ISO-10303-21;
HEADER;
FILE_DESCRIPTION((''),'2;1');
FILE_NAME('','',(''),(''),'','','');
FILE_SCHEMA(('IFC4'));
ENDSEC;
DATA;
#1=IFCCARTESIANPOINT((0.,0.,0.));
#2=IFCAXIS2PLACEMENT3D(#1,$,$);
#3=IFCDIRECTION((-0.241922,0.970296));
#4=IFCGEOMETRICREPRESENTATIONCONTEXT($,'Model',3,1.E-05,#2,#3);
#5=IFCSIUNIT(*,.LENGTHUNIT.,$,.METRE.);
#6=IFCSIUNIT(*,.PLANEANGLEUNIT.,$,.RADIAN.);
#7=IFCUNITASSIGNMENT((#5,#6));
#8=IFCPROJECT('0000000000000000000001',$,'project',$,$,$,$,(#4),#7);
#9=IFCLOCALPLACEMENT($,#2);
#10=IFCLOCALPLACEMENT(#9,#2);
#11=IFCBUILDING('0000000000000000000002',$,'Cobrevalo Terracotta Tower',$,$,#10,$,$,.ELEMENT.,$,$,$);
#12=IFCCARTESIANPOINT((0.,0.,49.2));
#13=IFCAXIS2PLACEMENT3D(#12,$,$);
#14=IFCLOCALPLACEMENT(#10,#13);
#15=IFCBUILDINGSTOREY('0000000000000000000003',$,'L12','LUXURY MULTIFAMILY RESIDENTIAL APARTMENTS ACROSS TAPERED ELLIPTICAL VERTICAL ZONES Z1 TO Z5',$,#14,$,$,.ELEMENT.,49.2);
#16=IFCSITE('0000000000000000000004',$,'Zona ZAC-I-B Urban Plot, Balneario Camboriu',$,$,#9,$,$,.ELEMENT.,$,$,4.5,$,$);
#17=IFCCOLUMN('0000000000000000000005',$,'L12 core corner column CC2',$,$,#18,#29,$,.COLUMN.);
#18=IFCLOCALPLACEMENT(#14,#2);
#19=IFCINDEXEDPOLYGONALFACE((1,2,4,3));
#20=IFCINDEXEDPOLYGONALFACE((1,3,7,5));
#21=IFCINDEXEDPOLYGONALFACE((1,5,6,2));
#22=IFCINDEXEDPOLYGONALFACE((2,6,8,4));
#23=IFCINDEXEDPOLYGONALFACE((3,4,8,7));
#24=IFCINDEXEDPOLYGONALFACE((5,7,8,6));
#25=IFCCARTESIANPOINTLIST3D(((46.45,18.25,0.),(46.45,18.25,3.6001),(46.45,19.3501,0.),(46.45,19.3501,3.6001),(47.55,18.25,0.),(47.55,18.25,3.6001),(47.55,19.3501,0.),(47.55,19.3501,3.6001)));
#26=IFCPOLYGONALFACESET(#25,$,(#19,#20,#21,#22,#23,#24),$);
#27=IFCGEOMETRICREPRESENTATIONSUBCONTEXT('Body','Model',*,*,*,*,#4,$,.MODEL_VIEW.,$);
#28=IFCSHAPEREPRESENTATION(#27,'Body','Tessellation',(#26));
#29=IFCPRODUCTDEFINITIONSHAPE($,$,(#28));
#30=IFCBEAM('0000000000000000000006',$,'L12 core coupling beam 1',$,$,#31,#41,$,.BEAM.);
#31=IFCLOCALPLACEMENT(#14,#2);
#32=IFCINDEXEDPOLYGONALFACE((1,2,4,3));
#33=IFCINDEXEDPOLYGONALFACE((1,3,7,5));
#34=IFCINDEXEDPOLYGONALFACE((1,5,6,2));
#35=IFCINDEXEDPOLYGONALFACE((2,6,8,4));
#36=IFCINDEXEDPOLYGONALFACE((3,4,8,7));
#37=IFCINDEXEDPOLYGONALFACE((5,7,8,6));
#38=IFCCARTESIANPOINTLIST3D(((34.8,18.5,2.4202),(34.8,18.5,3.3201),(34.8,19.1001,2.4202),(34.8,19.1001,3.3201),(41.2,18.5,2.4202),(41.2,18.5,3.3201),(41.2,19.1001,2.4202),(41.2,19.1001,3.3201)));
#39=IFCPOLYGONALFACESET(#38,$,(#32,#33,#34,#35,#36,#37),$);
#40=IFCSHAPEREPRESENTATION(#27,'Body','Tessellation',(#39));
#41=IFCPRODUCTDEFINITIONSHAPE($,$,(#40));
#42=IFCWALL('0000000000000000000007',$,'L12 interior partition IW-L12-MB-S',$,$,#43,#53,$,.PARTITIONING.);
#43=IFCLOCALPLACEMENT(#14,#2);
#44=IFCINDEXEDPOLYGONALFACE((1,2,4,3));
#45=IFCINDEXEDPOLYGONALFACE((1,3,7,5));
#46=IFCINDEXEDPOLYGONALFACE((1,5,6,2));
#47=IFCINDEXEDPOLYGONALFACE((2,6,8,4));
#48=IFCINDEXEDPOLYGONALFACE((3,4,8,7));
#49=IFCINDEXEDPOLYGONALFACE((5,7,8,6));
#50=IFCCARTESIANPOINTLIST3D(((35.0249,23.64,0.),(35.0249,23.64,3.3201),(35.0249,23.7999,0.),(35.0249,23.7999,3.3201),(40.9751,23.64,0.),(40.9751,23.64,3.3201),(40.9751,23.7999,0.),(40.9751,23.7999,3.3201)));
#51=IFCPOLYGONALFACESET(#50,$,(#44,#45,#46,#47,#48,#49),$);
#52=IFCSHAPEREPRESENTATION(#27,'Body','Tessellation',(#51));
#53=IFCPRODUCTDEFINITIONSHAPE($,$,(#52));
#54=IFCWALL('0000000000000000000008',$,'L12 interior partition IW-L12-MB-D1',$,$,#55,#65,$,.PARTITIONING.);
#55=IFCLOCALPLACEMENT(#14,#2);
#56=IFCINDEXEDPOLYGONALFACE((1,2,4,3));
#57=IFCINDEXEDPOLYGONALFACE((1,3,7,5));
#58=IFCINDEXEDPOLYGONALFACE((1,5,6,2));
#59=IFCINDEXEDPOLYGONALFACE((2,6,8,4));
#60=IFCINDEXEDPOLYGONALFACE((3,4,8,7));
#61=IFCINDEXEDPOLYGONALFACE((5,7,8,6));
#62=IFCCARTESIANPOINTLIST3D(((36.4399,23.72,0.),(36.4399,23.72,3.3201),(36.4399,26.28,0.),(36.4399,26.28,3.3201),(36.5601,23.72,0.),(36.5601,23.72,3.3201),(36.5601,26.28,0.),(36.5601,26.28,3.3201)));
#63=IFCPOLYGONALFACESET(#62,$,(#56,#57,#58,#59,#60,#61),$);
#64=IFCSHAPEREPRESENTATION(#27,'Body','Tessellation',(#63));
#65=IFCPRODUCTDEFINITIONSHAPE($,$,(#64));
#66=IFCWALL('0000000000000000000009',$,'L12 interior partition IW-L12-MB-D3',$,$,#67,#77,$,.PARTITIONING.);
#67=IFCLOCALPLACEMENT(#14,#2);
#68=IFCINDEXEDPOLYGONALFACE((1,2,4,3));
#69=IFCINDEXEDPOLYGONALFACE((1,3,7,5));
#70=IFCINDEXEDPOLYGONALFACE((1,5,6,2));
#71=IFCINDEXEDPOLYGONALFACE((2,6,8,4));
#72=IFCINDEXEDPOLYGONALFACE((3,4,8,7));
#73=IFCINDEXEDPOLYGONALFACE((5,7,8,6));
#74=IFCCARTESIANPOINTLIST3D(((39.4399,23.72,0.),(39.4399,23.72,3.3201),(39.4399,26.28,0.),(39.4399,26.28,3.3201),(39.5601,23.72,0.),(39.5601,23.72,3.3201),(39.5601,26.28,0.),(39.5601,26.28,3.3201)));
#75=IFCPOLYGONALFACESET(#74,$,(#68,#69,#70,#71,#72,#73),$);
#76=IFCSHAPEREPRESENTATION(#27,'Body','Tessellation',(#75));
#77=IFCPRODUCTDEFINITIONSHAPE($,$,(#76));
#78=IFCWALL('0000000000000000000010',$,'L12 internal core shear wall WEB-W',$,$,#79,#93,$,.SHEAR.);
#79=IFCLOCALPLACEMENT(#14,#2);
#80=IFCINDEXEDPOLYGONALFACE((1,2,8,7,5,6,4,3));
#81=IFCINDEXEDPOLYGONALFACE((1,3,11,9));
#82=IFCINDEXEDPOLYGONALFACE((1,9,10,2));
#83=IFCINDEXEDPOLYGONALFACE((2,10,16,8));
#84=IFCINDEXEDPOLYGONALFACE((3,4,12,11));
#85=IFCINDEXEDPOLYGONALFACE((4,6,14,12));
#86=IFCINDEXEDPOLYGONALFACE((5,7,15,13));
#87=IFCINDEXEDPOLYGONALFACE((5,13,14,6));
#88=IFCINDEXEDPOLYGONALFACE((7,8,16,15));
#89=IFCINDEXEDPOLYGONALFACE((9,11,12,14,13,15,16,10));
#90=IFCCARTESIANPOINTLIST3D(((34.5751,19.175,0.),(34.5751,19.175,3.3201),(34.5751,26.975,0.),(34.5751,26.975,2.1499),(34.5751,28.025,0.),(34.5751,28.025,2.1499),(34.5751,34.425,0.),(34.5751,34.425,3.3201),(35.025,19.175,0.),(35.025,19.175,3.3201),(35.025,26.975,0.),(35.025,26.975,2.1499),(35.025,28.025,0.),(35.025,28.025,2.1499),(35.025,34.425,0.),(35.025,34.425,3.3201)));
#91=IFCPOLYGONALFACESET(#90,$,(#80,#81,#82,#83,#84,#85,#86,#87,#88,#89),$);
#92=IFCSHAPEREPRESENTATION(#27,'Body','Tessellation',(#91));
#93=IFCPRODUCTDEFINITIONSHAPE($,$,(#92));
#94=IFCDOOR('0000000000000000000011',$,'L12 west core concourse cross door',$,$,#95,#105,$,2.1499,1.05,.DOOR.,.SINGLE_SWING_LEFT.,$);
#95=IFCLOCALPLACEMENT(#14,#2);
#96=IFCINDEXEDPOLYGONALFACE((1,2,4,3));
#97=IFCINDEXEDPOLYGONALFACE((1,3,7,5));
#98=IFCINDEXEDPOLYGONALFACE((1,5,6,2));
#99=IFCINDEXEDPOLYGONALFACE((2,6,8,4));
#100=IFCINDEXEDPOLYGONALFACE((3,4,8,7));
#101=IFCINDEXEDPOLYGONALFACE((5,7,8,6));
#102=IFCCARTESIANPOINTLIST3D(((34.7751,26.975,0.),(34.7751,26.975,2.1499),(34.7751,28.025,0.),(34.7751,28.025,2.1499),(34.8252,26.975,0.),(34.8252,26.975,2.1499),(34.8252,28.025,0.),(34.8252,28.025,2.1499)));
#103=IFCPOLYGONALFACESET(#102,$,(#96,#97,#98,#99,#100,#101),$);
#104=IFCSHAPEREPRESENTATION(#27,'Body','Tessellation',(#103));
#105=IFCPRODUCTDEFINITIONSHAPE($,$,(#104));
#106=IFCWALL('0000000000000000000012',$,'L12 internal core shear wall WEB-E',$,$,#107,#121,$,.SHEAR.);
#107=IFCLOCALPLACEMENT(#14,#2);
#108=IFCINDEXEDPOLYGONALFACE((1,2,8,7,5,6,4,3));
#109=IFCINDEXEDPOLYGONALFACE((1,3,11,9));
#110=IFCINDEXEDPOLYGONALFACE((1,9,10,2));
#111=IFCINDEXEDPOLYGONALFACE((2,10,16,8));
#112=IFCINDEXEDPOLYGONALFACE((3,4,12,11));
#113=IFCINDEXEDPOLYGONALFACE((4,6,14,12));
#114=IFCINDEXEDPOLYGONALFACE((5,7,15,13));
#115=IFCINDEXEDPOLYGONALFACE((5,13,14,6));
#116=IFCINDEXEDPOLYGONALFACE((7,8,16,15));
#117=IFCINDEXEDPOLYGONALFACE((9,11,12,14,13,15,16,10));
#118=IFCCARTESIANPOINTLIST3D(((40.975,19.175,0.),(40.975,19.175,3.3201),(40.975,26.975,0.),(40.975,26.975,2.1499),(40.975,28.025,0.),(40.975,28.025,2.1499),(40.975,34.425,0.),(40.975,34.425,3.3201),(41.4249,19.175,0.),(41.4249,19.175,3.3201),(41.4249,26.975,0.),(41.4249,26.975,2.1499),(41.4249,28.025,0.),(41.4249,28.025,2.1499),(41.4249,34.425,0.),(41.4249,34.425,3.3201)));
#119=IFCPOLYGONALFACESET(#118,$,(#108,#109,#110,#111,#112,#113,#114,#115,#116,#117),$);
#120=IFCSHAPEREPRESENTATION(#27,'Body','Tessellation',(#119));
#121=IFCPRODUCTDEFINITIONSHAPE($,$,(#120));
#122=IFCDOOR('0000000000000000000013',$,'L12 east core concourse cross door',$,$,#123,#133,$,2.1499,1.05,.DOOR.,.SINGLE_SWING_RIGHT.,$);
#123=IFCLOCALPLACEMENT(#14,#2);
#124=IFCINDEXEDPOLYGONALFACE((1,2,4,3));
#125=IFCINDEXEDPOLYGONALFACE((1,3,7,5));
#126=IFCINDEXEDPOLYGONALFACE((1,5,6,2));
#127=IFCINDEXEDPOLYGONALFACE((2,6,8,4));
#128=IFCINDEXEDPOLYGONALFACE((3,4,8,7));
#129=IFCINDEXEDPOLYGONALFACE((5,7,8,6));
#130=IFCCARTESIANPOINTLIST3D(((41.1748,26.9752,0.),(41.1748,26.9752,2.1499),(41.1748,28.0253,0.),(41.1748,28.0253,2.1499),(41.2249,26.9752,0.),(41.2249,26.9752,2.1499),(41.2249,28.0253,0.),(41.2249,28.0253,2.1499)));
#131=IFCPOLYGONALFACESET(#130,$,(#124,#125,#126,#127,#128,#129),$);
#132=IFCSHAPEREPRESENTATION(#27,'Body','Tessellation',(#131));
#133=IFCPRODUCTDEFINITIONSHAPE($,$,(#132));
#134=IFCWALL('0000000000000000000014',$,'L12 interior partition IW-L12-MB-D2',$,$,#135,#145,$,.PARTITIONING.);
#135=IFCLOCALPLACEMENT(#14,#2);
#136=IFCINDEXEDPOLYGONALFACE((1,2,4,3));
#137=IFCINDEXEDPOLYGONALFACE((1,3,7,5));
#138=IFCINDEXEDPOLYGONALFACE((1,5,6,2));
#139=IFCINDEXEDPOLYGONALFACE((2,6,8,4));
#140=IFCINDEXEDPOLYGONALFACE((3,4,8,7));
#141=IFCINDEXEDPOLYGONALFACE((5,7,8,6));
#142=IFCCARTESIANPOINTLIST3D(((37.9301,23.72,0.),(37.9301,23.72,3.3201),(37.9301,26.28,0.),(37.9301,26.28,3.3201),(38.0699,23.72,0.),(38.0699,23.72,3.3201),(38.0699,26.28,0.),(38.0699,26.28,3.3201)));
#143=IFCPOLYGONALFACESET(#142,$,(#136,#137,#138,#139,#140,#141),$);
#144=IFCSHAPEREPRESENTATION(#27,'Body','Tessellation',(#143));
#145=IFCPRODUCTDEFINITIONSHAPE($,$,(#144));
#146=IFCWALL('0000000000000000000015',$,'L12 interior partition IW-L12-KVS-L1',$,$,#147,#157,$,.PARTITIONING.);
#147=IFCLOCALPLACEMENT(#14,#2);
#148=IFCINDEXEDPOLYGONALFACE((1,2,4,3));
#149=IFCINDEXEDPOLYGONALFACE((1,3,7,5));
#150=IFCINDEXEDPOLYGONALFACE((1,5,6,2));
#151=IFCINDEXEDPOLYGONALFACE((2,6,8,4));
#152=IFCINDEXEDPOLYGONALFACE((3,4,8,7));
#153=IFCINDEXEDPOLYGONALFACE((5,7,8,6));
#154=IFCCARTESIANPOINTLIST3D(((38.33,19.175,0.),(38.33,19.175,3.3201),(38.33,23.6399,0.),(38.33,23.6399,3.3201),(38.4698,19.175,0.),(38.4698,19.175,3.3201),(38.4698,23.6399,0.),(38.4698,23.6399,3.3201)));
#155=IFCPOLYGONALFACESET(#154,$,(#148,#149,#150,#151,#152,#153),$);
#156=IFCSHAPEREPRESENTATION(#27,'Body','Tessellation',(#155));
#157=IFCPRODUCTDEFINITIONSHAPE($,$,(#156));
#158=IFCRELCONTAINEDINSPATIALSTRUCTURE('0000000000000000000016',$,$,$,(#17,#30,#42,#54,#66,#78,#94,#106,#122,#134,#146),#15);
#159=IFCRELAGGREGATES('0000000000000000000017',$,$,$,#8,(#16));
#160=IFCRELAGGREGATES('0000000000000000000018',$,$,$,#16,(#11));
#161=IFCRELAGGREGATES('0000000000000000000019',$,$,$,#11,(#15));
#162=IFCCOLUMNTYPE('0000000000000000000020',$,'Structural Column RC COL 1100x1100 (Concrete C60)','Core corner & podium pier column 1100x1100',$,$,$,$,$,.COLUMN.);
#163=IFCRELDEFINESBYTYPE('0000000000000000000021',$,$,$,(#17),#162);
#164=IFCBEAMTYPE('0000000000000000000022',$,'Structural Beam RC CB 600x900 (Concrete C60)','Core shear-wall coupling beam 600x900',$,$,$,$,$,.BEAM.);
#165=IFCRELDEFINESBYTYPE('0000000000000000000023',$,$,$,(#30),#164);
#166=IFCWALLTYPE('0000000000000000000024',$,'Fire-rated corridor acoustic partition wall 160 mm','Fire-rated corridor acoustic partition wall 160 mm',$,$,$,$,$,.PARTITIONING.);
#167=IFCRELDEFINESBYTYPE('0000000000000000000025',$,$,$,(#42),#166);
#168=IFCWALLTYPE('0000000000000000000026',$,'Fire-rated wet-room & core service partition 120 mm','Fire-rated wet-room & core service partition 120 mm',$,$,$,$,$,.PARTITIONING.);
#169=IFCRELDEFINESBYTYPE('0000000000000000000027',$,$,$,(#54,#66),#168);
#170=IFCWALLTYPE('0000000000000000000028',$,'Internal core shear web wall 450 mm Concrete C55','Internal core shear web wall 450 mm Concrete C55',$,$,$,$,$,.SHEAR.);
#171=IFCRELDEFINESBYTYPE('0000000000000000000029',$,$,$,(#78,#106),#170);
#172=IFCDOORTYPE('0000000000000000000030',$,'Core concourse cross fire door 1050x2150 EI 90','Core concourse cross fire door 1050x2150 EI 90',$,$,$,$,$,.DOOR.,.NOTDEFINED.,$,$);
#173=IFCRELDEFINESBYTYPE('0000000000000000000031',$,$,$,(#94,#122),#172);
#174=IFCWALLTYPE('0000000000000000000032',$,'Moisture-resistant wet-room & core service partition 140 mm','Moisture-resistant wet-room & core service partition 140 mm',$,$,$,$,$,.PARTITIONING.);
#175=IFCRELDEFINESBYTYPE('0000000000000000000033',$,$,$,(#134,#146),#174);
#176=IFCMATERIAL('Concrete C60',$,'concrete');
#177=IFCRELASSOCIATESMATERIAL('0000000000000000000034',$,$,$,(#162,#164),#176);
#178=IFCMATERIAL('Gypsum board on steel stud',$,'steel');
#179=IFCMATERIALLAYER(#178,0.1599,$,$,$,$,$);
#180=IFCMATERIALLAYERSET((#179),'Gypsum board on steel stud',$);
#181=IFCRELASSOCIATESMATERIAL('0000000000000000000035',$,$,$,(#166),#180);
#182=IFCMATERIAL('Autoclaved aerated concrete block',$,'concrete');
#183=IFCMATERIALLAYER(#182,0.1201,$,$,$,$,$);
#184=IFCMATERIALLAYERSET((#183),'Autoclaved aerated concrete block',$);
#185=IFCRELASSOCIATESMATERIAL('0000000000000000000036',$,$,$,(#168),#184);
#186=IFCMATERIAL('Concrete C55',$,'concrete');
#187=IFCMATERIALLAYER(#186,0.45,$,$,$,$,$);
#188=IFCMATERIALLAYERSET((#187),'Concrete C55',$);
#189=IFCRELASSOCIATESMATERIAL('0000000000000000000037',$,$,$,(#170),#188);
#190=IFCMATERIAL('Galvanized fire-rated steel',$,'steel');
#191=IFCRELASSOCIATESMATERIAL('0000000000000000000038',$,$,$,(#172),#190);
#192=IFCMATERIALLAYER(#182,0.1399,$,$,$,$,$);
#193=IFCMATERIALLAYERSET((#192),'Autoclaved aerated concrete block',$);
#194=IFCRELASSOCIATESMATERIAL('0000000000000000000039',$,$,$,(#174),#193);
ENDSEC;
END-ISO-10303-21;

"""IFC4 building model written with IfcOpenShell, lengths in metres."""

from ifc_helpers import new_model, si_unit, direction, frame, frame_2d, origin, origin_2d, place, context, subcontext, project, spatial, rectangle, extrude, source, transform, mapped, material, layer, layer_set, material_profile, profile_set, type_object, element, fill, save


model = new_model("IFC4")

# Units and contexts
model_context = context("Model", 3, precision=1e-05, world=origin(), true_north=direction((-0.241922, 0.970296)))
body_context = subcontext(model_context, "Body", "Model", "MODEL_VIEW")
ifc_project = project(units=[si_unit("LENGTHUNIT", "METRE"), si_unit("PLANEANGLEUNIT", "RADIAN")], contexts=[model_context])

# Site, building, storey
site_placement = place(None, origin())
site = spatial("IfcSite", under=ifc_project, at=site_placement, Name="Zona ZAC-I-B Urban Plot, Balneario Camboriu", CompositionType="ELEMENT", RefElevation=4.5)
building_placement = place(site_placement, origin())
building = spatial("IfcBuilding", under=site, at=building_placement, Name="Cobrevalo Terracotta Tower", CompositionType="ELEMENT")
storey_placement = place(building_placement, frame((0.0, 0.0, 49.2)))
storey = spatial("IfcBuildingStorey", under=building, at=storey_placement, Name="L12", Description="LUXURY MULTIFAMILY RESIDENTIAL APARTMENTS ACROSS TAPERED ELLIPTICAL VERTICAL ZONES Z1 TO Z5", CompositionType="ELEMENT", Elevation=49.2)

# Column
ifc_material_1 = material(Name="Concrete C60", Category="concrete")
ifc_material_profile_1 = material_profile(ifc_material_1, rectangle(XDim=1.1001, YDim=1.1001, at=origin_2d()), Name="RC COL 1100x1100")
ifc_profile_set_1 = profile_set([ifc_material_profile_1], Name="Concrete C60")
column_type = type_object("IfcColumnType", Name="Structural Column RC COL 1100x1100 (Concrete C60)", Description="Core corner & podium pier column 1100x1100", PredefinedType="COLUMN", material=ifc_profile_set_1)
column_placement = place(storey_placement, frame((47.0, 18.8, 0.0), z_axis=(0.0, 0.0, 1.0), x_axis=(1.0, 0.0, 0.0)))
element("IfcColumn", 1, at=column_placement, inside=storey, type_object=column_type, Name="L12 core corner column CC2", PredefinedType="COLUMN", context=body_context, shape_type="SweptSolid", body=[
    extrude(rectangle(XDim=1.1001, YDim=1.1001, at=origin_2d()), origin(), (0.0, 0.0, 1.0), 3.6001),
])

# Beam
ifc_material_profile_2 = material_profile(ifc_material_1, rectangle(XDim=0.6001, YDim=0.8999, at=origin_2d()), Name="RC CB 600x900")
ifc_profile_set_2 = profile_set([ifc_material_profile_2], Name="Concrete C60")
beam_type = type_object("IfcBeamType", Name="Structural Beam RC CB 600x900 (Concrete C60)", Description="Core shear-wall coupling beam 600x900", PredefinedType="BEAM", material=ifc_profile_set_2)
beam_placement = place(storey_placement, frame((34.8, 18.8, 2.8701), z_axis=(1.0, 0.0, 0.0), x_axis=(0.0, 1.0, 0.0)))
element("IfcBeam", 2, at=beam_placement, inside=storey, type_object=beam_type, Name="L12 core coupling beam 1", PredefinedType="BEAM", context=body_context, shape_type="SweptSolid", body=[
    extrude(rectangle(XDim=0.6001, YDim=0.8999, at=origin_2d()), origin(), (0.0, 0.0, 1.0), 6.3999),
])

# Walls
ifc_material_2 = material(Name="Gypsum board on steel stud", Category="steel")
ifc_layer_1 = layer(ifc_material_2, 0.1599)
ifc_layer_set_1 = layer_set([ifc_layer_1], Name="Gypsum board on steel stud")
wall_type_1 = type_object("IfcWallType", Name="Fire-rated corridor acoustic partition wall 160 mm", Description="Fire-rated corridor acoustic partition wall 160 mm", PredefinedType="PARTITIONING", material=ifc_layer_set_1)
wall_1_placement = place(storey_placement, frame((35.0249, 23.72, 0.0), z_axis=(0.0, 0.0, 1.0), x_axis=(1.0, 0.0, 0.0)))
element("IfcWall", 3, at=wall_1_placement, inside=storey, type_object=wall_type_1, Name="L12 interior partition IW-L12-MB-S", PredefinedType="PARTITIONING", context=body_context, shape_type="SweptSolid", body=[
    extrude(rectangle(XDim=5.9502, YDim=0.1599, at=frame_2d((2.9751, 0.0))), origin(), (0.0, 0.0, 1.0), 3.3201),
])
ifc_material_3 = material(Name="Autoclaved aerated concrete block", Category="concrete")
ifc_layer_2 = layer(ifc_material_3, 0.1201)
ifc_layer_set_2 = layer_set([ifc_layer_2], Name="Autoclaved aerated concrete block")
wall_type_2 = type_object("IfcWallType", Name="Fire-rated wet-room & core service partition 120 mm", Description="Fire-rated wet-room & core service partition 120 mm", PredefinedType="PARTITIONING", material=ifc_layer_set_2)
for number, where, z_axis, x_axis, name in (
    (4, (36.5, 23.72, 0.0), (0.0, 0.0, 1.0), (0.0, 1.0, 0.0), "L12 interior partition IW-L12-MB-D1"),
    (5, (39.5, 23.72, 0.0), (0.0, 0.0, 1.0), (0.0, 1.0, 0.0), "L12 interior partition IW-L12-MB-D3"),
):
    element("IfcWall", number, at=place(storey_placement, frame(where, z_axis=z_axis, x_axis=x_axis)), inside=storey, type_object=wall_type_2, Name=name, PredefinedType="PARTITIONING", context=body_context, shape_type="SweptSolid", body=[
        extrude(rectangle(XDim=2.5601, YDim=0.1201, at=frame_2d((1.28, 0.0))), origin(), (0.0, 0.0, 1.0), 3.3201),
    ])

# Walls, openings, doors
ifc_material_4 = material(Name="Concrete C55", Category="concrete")
ifc_layer_3 = layer(ifc_material_4, 0.45)
ifc_layer_set_3 = layer_set([ifc_layer_3], Name="Concrete C55")
wall_type_3 = type_object("IfcWallType", Name="Internal core shear web wall 450 mm Concrete C55", Description="Internal core shear web wall 450 mm Concrete C55", PredefinedType="SHEAR", material=ifc_layer_set_3)
wall_2_placement = place(storey_placement, frame((34.8, 19.175, 0.0), z_axis=(0.0, 0.0, 1.0), x_axis=(0.0, 1.0, 0.0)))
wall_2 = element("IfcWall", 6, at=wall_2_placement, inside=storey, type_object=wall_type_3, Name="L12 internal core shear wall WEB-W", PredefinedType="SHEAR", context=body_context, shape_type="SweptSolid", body=[
    extrude(rectangle(XDim=15.25, YDim=0.45, at=frame_2d((7.625, 0.0))), origin(), (0.0, 0.0, 1.0), 3.3201),
])
opening_1_placement = place(wall_2_placement, frame((7.8, 0.0, 0.0)))
opening_1 = element("IfcOpeningElement", 7, at=opening_1_placement, cuts=wall_2, PredefinedType="OPENING", context=body_context, shape_type="SweptSolid", body=[
    extrude(rectangle(XDim=1.05, YDim=2.1499, at=frame_2d((0.5249, 1.075))), frame((0.0, 0.2349, 0.0), z_axis=(0.0, -1.0, 0.0), x_axis=(1.0, 0.0, 0.0)), (0.0, 0.0, 1.0), 0.47),
])
ifc_material_5 = material(Name="Galvanized fire-rated steel", Category="steel")
door_type_1 = type_object("IfcDoorType", Name="Core concourse cross fire door 1050x2150 EI 90", Description="Core concourse cross fire door 1050x2150 EI 90", OperationType="NOTDEFINED", PredefinedType="DOOR", material=ifc_material_5)
shared_shape_1 = source(origin(), body_context, "Body", "SweptSolid", [
    extrude(rectangle(XDim=1.05, YDim=2.1499, at=frame_2d((0.5249, 1.075))), frame((0.0, 0.0249, 0.0), z_axis=(0.0, -1.0, 0.0), x_axis=(1.0, 0.0, 0.0)), (0.0, 0.0, 1.0), 0.05),
])
door_1_placement = place(opening_1_placement, origin())
door_1 = element("IfcDoor", 8, at=door_1_placement, inside=storey, type_object=door_type_1, Name="L12 west core concourse cross door", OperationType="SINGLE_SWING_LEFT", OverallHeight=2.1499, OverallWidth=1.05, PredefinedType="DOOR", context=body_context, shape_type="MappedRepresentation", body=[
    mapped(shared_shape_1, transform((0.0, 0.0, 0.0), scale=1.0)),
])
fill(opening_1, door_1)
wall_3_placement = place(storey_placement, frame((41.2, 19.175, 0.0), z_axis=(0.0, 0.0, 1.0), x_axis=(0.0, 1.0, 0.0)))
wall_3 = element("IfcWall", 9, at=wall_3_placement, inside=storey, type_object=wall_type_3, Name="L12 internal core shear wall WEB-E", PredefinedType="SHEAR", context=body_context, shape_type="SweptSolid", body=[
    extrude(rectangle(XDim=15.25, YDim=0.45, at=frame_2d((7.625, 0.0))), origin(), (0.0, 0.0, 1.0), 3.3201),
])
opening_2_placement = place(wall_3_placement, frame((7.8, 0.0, 0.0)))
opening_2 = element("IfcOpeningElement", 10, at=opening_2_placement, cuts=wall_3, PredefinedType="OPENING", context=body_context, shape_type="SweptSolid", body=[
    extrude(rectangle(XDim=1.05, YDim=2.1499, at=frame_2d((0.5249, 1.075))), frame((0.0, 0.2349, 0.0), z_axis=(0.0, -1.0, 0.0), x_axis=(1.0, 0.0, 0.0)), (0.0, 0.0, 1.0), 0.47),
])
door_2_placement = place(opening_2_placement, frame((1.05, 0.0, 0.0), z_axis=(0.0, 0.0, 1.0), x_axis=(-1.0, 0.0, 0.0)))
door_2 = element("IfcDoor", 11, at=door_2_placement, inside=storey, type_object=door_type_1, Name="L12 east core concourse cross door", OperationType="SINGLE_SWING_RIGHT", OverallHeight=2.1499, OverallWidth=1.05, PredefinedType="DOOR", context=body_context, shape_type="MappedRepresentation", body=[
    mapped(shared_shape_1, transform((0.0, 0.0, 0.0), scale=1.0)),
])
fill(opening_2, door_2)

# Walls
ifc_layer_4 = layer(ifc_material_3, 0.1399)
ifc_layer_set_4 = layer_set([ifc_layer_4], Name="Autoclaved aerated concrete block")
wall_type_4 = type_object("IfcWallType", Name="Moisture-resistant wet-room & core service partition 140 mm", Description="Moisture-resistant wet-room & core service partition 140 mm", PredefinedType="PARTITIONING", material=ifc_layer_set_4)
wall_4_placement = place(storey_placement, frame((38.0, 23.72, 0.0), z_axis=(0.0, 0.0, 1.0), x_axis=(0.0, 1.0, 0.0)))
element("IfcWall", 12, at=wall_4_placement, inside=storey, type_object=wall_type_4, Name="L12 interior partition IW-L12-MB-D2", PredefinedType="PARTITIONING", context=body_context, shape_type="SweptSolid", body=[
    extrude(rectangle(XDim=2.5601, YDim=0.1399, at=frame_2d((1.28, 0.0))), origin(), (0.0, 0.0, 1.0), 3.3201),
])
wall_5_placement = place(storey_placement, frame((38.3999, 19.175, 0.0), z_axis=(0.0, 0.0, 1.0), x_axis=(0.0, 1.0, 0.0)))
element("IfcWall", 13, at=wall_5_placement, inside=storey, type_object=wall_type_4, Name="L12 interior partition IW-L12-KVS-L1", PredefinedType="PARTITIONING", context=body_context, shape_type="SweptSolid", body=[
    extrude(rectangle(XDim=4.4648, YDim=0.1399, at=frame_2d((2.2324, 0.0))), origin(), (0.0, 0.0, 1.0), 3.3201),
])

save(model, "model.ifc")
